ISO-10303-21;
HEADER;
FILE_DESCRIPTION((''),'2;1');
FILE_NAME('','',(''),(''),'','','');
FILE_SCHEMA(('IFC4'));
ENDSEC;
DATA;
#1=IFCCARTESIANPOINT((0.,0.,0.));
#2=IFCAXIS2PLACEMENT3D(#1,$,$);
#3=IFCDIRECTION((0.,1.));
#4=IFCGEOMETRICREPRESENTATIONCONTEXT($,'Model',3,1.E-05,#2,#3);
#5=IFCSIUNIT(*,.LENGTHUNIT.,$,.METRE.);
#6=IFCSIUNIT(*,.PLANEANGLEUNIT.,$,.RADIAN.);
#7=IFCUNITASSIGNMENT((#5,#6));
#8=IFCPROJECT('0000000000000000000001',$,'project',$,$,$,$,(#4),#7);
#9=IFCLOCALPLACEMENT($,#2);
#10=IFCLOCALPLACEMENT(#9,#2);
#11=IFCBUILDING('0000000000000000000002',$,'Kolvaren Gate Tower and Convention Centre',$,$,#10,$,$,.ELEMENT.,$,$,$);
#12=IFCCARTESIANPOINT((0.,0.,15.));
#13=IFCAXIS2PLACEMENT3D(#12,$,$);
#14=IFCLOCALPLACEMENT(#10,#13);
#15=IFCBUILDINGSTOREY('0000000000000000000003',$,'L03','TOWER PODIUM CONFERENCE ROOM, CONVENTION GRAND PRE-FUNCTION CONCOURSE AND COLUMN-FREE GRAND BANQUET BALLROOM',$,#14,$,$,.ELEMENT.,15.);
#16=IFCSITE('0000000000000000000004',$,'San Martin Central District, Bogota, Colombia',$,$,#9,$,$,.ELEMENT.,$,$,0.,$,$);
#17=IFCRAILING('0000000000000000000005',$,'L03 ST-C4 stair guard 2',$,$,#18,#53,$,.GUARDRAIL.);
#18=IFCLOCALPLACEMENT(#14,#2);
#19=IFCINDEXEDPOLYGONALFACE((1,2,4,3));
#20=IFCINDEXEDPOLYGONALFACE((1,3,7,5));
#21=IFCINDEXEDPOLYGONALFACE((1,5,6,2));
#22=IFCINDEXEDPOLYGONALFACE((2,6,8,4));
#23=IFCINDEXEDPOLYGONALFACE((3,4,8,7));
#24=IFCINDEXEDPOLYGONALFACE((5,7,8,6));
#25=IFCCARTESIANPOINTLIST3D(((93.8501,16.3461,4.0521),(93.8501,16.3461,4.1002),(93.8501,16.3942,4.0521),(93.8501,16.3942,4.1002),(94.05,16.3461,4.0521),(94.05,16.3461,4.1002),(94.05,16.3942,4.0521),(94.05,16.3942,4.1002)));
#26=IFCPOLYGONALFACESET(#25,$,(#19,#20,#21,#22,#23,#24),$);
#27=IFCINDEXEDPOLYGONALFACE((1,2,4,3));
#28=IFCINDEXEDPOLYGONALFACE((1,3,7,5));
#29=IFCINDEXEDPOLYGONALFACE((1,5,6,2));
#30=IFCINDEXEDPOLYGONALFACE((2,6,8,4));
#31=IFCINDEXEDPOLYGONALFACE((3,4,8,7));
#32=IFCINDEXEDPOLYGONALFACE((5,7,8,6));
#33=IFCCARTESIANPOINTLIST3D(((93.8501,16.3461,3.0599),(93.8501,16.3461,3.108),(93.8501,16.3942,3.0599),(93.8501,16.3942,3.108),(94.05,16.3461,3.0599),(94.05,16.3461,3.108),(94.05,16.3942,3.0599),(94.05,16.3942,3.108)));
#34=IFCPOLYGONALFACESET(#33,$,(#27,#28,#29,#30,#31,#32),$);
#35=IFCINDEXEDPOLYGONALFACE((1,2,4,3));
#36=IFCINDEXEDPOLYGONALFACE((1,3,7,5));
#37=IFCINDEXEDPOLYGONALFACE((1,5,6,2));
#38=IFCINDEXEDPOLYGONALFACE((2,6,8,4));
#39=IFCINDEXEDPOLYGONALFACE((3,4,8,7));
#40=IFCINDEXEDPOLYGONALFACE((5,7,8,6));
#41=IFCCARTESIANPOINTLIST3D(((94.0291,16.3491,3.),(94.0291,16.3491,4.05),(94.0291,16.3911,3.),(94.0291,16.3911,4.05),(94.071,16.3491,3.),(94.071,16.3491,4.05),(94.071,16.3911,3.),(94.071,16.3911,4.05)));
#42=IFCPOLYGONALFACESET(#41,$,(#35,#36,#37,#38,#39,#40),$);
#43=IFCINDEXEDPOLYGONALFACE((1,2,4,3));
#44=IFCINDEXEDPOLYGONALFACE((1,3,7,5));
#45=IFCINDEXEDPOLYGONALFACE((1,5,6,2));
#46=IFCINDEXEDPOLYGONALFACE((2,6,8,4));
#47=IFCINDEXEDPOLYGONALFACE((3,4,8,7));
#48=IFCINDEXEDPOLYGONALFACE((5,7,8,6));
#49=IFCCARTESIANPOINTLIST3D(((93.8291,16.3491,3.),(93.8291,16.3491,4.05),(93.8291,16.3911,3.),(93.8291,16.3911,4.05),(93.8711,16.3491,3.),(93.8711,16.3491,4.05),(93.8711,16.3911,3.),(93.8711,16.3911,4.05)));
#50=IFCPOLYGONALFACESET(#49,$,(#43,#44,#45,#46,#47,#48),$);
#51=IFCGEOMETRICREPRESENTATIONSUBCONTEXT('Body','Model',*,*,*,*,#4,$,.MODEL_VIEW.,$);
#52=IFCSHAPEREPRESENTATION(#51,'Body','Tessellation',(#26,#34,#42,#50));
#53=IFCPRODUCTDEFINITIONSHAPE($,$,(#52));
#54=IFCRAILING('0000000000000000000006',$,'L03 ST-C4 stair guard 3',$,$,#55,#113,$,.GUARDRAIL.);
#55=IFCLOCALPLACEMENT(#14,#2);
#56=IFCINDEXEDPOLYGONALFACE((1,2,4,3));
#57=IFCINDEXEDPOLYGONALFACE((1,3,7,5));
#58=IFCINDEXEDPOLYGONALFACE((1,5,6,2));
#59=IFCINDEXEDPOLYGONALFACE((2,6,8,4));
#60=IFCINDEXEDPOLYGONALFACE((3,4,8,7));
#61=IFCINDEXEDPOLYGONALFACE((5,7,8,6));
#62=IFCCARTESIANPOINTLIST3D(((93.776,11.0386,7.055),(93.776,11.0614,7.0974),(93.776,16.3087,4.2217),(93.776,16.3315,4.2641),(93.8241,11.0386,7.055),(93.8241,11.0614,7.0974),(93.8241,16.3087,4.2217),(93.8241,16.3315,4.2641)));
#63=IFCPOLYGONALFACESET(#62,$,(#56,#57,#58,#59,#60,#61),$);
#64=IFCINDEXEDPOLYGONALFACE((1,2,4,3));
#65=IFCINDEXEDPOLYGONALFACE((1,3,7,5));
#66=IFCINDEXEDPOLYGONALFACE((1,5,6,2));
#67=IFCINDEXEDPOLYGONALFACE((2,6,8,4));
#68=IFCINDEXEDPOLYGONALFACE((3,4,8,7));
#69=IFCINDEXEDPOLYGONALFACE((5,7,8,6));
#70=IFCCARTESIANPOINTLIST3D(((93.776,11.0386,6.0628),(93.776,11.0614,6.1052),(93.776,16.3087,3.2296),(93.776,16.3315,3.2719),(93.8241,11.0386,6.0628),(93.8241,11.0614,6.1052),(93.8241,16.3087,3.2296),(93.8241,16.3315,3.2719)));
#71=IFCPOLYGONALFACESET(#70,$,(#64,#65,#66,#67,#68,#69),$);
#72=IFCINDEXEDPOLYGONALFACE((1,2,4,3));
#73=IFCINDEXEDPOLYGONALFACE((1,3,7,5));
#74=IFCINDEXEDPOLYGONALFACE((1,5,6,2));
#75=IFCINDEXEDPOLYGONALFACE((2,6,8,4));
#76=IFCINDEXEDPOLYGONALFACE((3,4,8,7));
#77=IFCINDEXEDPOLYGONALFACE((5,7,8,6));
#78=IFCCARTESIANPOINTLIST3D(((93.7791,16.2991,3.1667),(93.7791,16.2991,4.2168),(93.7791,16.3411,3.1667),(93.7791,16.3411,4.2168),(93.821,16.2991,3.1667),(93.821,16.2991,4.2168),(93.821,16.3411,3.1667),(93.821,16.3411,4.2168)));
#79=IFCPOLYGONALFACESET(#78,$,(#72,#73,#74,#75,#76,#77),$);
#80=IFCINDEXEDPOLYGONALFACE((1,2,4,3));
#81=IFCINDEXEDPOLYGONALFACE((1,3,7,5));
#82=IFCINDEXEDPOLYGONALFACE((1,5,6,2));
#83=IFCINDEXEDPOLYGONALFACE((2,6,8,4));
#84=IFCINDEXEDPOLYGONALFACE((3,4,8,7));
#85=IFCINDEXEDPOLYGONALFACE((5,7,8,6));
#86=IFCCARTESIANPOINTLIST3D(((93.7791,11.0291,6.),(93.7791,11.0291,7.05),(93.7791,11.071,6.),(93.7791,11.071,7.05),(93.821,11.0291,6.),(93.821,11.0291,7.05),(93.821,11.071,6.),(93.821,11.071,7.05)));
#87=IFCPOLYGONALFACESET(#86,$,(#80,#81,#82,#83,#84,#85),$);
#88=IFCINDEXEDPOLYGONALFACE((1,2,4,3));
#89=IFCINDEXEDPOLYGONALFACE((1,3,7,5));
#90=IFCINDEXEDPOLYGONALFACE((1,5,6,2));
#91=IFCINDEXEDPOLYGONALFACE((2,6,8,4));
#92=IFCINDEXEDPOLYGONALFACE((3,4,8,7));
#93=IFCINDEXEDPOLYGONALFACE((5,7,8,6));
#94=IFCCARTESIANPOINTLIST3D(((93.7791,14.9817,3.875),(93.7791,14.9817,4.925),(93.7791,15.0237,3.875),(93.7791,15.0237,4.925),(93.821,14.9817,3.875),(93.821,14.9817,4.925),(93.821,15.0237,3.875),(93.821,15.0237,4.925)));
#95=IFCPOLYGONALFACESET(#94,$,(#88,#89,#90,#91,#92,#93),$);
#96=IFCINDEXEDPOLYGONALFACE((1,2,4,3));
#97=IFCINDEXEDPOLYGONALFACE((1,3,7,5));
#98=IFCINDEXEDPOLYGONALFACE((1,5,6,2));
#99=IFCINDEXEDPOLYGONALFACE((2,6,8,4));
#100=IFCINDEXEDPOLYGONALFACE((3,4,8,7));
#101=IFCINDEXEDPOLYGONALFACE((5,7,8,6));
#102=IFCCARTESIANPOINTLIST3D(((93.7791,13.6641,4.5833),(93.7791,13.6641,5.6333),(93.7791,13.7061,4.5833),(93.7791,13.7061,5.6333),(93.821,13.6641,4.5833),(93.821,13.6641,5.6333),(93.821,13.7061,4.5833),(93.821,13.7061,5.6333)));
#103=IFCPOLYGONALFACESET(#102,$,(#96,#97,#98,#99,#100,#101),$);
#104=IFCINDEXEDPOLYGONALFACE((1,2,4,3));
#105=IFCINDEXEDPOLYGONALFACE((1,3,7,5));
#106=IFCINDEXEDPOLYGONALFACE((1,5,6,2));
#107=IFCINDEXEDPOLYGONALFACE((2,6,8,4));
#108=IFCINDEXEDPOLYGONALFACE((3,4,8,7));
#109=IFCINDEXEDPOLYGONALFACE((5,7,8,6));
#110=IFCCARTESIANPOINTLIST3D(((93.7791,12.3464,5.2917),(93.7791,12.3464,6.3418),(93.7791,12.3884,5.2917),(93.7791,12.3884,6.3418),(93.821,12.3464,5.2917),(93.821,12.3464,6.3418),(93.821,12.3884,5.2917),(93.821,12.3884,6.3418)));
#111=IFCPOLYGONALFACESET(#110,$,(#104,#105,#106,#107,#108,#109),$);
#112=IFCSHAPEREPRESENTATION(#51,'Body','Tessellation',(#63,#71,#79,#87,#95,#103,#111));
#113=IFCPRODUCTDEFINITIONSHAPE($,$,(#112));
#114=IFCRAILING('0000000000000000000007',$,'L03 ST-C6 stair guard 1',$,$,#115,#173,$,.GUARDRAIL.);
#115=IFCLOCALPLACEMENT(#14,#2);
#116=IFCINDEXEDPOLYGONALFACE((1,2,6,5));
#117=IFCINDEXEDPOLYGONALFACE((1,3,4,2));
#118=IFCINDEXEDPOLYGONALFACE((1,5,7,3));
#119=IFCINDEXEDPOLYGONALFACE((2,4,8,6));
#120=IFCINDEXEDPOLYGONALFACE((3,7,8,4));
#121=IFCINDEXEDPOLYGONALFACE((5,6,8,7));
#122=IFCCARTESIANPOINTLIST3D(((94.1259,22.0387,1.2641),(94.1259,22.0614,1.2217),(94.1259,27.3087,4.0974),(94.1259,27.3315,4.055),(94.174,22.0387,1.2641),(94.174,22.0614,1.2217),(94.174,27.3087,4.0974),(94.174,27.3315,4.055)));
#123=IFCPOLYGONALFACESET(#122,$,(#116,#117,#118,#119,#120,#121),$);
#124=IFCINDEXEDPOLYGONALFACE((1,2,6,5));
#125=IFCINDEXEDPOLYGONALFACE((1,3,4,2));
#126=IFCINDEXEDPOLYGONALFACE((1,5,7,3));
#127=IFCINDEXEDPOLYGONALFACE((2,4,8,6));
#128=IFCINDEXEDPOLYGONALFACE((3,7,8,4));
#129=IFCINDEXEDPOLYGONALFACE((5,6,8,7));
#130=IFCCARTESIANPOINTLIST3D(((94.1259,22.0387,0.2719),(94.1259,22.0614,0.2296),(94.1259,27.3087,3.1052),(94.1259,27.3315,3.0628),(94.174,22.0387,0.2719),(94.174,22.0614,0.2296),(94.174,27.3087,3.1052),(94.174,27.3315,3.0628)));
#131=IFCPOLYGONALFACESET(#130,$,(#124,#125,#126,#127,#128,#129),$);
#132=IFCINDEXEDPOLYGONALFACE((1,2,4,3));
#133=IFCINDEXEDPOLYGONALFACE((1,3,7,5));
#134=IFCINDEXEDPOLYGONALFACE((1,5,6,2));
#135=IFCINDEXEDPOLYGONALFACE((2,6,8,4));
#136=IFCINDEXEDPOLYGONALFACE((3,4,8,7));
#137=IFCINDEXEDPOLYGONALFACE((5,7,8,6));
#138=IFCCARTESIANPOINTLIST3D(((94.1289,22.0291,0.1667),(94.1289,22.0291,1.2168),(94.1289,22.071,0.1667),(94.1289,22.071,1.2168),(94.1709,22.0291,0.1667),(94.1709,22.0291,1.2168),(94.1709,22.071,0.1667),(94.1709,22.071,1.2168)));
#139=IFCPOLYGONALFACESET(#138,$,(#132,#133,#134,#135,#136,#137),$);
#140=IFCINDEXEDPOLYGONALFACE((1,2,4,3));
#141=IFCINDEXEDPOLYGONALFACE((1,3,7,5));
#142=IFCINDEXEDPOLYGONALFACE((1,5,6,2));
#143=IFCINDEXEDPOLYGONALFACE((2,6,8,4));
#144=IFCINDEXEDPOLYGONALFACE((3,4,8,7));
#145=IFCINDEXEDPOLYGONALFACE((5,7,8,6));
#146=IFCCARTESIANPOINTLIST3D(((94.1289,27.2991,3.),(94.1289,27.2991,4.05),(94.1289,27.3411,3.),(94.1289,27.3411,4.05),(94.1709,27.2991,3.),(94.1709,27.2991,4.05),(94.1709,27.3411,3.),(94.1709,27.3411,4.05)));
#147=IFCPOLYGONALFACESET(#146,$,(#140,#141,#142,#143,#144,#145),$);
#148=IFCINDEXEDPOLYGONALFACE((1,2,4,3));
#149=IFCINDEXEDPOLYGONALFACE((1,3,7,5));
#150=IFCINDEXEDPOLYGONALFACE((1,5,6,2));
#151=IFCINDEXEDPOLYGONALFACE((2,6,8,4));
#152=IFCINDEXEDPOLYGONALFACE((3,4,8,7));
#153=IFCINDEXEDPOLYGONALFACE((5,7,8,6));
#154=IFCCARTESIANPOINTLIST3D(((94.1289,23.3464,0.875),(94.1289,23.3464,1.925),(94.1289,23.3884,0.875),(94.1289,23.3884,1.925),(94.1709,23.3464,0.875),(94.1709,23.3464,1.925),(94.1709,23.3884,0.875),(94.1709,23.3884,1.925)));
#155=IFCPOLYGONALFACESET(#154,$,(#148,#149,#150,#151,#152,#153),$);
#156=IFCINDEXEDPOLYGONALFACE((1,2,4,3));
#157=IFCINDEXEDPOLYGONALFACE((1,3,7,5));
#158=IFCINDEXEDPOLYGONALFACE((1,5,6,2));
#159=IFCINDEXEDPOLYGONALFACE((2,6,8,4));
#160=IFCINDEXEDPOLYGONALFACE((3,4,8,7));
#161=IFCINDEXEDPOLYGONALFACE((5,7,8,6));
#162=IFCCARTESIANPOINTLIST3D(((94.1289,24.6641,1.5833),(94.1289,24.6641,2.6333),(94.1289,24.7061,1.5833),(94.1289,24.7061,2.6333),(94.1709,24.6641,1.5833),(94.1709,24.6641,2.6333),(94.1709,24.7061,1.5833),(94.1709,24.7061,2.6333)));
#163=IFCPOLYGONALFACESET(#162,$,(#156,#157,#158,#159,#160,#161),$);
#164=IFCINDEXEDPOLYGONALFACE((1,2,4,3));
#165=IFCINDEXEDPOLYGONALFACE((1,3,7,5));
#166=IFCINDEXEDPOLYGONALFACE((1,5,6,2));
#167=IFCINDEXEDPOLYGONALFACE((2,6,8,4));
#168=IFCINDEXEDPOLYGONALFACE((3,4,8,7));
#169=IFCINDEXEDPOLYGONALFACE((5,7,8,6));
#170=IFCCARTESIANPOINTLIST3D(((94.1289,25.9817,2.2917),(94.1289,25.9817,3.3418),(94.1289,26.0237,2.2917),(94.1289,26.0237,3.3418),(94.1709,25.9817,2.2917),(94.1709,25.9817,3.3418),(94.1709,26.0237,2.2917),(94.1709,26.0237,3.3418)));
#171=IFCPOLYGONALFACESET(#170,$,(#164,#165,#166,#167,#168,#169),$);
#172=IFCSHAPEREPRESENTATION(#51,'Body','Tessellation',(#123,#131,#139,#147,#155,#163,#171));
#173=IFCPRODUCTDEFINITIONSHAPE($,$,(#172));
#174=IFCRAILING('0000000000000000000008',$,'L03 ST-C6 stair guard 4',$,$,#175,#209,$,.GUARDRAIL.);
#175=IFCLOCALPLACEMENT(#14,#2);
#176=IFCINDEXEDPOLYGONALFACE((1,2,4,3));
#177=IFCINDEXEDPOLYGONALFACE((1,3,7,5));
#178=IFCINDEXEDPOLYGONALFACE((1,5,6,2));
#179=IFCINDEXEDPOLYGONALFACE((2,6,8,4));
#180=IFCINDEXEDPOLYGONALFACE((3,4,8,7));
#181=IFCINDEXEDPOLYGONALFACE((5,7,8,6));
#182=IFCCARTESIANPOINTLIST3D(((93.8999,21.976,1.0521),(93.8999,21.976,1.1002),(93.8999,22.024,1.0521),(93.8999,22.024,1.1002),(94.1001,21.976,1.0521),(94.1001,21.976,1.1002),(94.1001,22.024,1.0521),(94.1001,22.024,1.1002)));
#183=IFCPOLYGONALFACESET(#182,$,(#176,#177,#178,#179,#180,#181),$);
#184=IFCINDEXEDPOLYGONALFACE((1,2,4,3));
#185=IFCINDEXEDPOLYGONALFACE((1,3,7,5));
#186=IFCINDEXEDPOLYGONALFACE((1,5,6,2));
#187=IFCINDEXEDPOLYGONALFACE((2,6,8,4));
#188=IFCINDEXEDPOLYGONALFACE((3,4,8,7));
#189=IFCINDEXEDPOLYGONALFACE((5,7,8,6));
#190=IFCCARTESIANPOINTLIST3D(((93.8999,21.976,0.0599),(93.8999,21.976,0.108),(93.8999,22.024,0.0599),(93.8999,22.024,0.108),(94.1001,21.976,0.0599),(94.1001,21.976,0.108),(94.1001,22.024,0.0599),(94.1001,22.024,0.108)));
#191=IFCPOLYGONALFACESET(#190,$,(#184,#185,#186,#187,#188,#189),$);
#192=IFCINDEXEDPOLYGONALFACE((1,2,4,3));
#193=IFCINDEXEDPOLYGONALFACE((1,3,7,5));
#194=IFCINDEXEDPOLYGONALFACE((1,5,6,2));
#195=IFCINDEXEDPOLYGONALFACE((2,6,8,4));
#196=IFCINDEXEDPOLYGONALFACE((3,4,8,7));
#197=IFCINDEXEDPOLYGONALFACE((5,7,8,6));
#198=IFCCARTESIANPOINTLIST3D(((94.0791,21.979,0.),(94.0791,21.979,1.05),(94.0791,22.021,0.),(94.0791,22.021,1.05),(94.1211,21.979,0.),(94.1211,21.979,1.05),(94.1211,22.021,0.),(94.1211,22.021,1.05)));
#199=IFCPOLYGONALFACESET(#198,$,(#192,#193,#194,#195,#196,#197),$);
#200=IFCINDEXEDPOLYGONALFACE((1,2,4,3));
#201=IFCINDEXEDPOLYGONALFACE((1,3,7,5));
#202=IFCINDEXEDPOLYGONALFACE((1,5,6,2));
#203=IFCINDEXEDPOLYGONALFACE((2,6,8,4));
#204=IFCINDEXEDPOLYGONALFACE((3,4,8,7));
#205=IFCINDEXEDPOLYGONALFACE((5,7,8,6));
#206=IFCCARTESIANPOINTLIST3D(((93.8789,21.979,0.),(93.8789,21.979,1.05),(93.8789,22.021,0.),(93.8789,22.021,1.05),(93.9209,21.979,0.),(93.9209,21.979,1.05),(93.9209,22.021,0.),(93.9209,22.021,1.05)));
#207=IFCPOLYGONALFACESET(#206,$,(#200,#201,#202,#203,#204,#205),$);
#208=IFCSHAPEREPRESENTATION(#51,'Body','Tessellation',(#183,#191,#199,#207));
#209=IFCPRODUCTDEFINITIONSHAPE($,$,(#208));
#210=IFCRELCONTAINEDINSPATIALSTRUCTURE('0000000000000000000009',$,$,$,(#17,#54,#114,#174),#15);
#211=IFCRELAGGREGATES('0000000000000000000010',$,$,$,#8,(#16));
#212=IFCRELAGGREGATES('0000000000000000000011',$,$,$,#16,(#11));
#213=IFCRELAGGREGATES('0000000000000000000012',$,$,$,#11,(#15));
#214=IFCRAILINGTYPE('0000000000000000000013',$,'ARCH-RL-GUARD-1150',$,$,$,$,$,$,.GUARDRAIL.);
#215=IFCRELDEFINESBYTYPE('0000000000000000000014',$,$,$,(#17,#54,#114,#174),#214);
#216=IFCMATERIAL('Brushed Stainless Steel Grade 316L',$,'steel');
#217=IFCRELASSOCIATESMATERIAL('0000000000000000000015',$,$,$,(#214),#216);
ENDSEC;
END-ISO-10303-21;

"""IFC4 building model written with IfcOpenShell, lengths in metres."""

from ifc_helpers import new_model, si_unit, direction, frame, origin, origin_2d, place, context, subcontext, project, spatial, rectangle, extrude, material, type_object, element, save


model = new_model("IFC4")

# Units and contexts
model_context = context("Model", 3, precision=1e-05, world=origin(), true_north=direction((0.0, 1.0)))
body_context = subcontext(model_context, "Body", "Model", "MODEL_VIEW")
ifc_project = project(units=[si_unit("LENGTHUNIT", "METRE"), si_unit("PLANEANGLEUNIT", "RADIAN")], contexts=[model_context])

# Site, building, storey
site_placement = place(None, origin())
site = spatial("IfcSite", under=ifc_project, at=site_placement, Name="San Martin Central District, Bogota, Colombia", CompositionType="ELEMENT", RefElevation=0.0)
building_placement = place(site_placement, origin())
building = spatial("IfcBuilding", under=site, at=building_placement, Name="Kolvaren Gate Tower and Convention Centre", CompositionType="ELEMENT")
storey_placement = place(building_placement, frame((0.0, 0.0, 15.0)))
storey = spatial("IfcBuildingStorey", under=building, at=storey_placement, Name="L03", Description="TOWER PODIUM CONFERENCE ROOM, CONVENTION GRAND PRE-FUNCTION CONCOURSE AND COLUMN-FREE GRAND BANQUET BALLROOM", CompositionType="ELEMENT", Elevation=15.0)

# Railings
ifc_material_1 = material(Name="Brushed Stainless Steel Grade 316L", Category="steel")
railing_type_1 = type_object("IfcRailingType", Name="ARCH-RL-GUARD-1150", PredefinedType="GUARDRAIL", material=ifc_material_1)
railing_1_placement = place(storey_placement, frame((94.05, 16.3701, 3.0)))
element("IfcRailing", 1, at=railing_1_placement, inside=storey, type_object=railing_type_1, Name="L03 ST-C4 stair guard 2", PredefinedType="GUARDRAIL", context=body_context, shape_type="SweptSolid", body=[
    extrude(rectangle(XDim=0.0481, YDim=0.0481, at=origin_2d()), frame((0.0, 0.0, 1.0762), z_axis=(-1.0, 0.0, 0.0), x_axis=(0.0, -1.0, 0.0)), (0.0, 0.0, 1.0), 0.2),
    extrude(rectangle(XDim=0.0481, YDim=0.0481, at=origin_2d()), frame((0.0, 0.0, 0.084), z_axis=(-1.0, 0.0, 0.0), x_axis=(0.0, -1.0, 0.0)), (0.0, 0.0, 1.0), 0.2),
    extrude(rectangle(XDim=0.042, YDim=0.042, at=origin_2d()), origin(), (0.0, 0.0, 1.0), 1.05),
    extrude(rectangle(XDim=0.042, YDim=0.042, at=origin_2d()), frame((-0.2, 0.0, 0.0)), (0.0, 0.0, 1.0), 1.05),
])
railing_2_placement = place(storey_placement, frame((93.8, 16.3201, 3.1667)))
element("IfcRailing", 2, at=railing_2_placement, inside=storey, type_object=railing_type_1, Name="L03 ST-C4 stair guard 3", PredefinedType="GUARDRAIL", context=body_context, shape_type="SweptSolid", body=[
    extrude(rectangle(XDim=0.0481, YDim=0.0481, at=origin_2d()), frame((0.0, 0.0, 1.0762), z_axis=(0.0, -0.880781, 0.473523), x_axis=(1.0, 0.0, 0.0)), (0.0, 0.0, 1.0), 5.9834),
    extrude(rectangle(XDim=0.0481, YDim=0.0481, at=origin_2d()), frame((0.0, 0.0, 0.084), z_axis=(0.0, -0.880781, 0.473523), x_axis=(1.0, 0.0, 0.0)), (0.0, 0.0, 1.0), 5.9834),
    extrude(rectangle(XDim=0.042, YDim=0.042, at=origin_2d()), origin(), (0.0, 0.0, 1.0), 1.05),
    extrude(rectangle(XDim=0.042, YDim=0.042, at=origin_2d()), frame((0.0, -5.27, 2.8333)), (0.0, 0.0, 1.0), 1.05),
    extrude(rectangle(XDim=0.042, YDim=0.042, at=origin_2d()), frame((0.0, -1.3174, 0.7083)), (0.0, 0.0, 1.0), 1.05),
    extrude(rectangle(XDim=0.042, YDim=0.042, at=origin_2d()), frame((0.0, -2.635, 1.4165)), (0.0, 0.0, 1.0), 1.05),
    extrude(rectangle(XDim=0.042, YDim=0.042, at=origin_2d()), frame((0.0, -3.9526, 2.125)), (0.0, 0.0, 1.0), 1.05),
])
railing_3_placement = place(storey_placement, frame((94.1499, 22.05, 0.1667)))
element("IfcRailing", 3, at=railing_3_placement, inside=storey, type_object=railing_type_1, Name="L03 ST-C6 stair guard 1", PredefinedType="GUARDRAIL", context=body_context, shape_type="SweptSolid", body=[
    extrude(rectangle(XDim=0.0481, YDim=0.0481, at=origin_2d()), frame((0.0, 0.0, 1.0762), z_axis=(0.0, 0.880781, 0.473523), x_axis=(-1.0, 0.0, 0.0)), (0.0, 0.0, 1.0), 5.9834),
    extrude(rectangle(XDim=0.0481, YDim=0.0481, at=origin_2d()), frame((0.0, 0.0, 0.084), z_axis=(0.0, 0.880781, 0.473523), x_axis=(-1.0, 0.0, 0.0)), (0.0, 0.0, 1.0), 5.9834),
    extrude(rectangle(XDim=0.042, YDim=0.042, at=origin_2d()), origin(), (0.0, 0.0, 1.0), 1.05),
    extrude(rectangle(XDim=0.042, YDim=0.042, at=origin_2d()), frame((0.0, 5.27, 2.8333)), (0.0, 0.0, 1.0), 1.05),
    extrude(rectangle(XDim=0.042, YDim=0.042, at=origin_2d()), frame((0.0, 1.3174, 0.7083)), (0.0, 0.0, 1.0), 1.05),
    extrude(rectangle(XDim=0.042, YDim=0.042, at=origin_2d()), frame((0.0, 2.635, 1.4165)), (0.0, 0.0, 1.0), 1.05),
    extrude(rectangle(XDim=0.042, YDim=0.042, at=origin_2d()), frame((0.0, 3.9526, 2.125)), (0.0, 0.0, 1.0), 1.05),
])
railing_4_placement = place(storey_placement, frame((94.1001, 22.0, 0.0)))
element("IfcRailing", 4, at=railing_4_placement, inside=storey, type_object=railing_type_1, Name="L03 ST-C6 stair guard 4", PredefinedType="GUARDRAIL", context=body_context, shape_type="SweptSolid", body=[
    extrude(rectangle(XDim=0.0481, YDim=0.0481, at=origin_2d()), frame((0.0, 0.0, 1.0762), z_axis=(-1.0, 0.0, 0.0), x_axis=(0.0, -1.0, 0.0)), (0.0, 0.0, 1.0), 0.2002),
    extrude(rectangle(XDim=0.0481, YDim=0.0481, at=origin_2d()), frame((0.0, 0.0, 0.084), z_axis=(-1.0, 0.0, 0.0), x_axis=(0.0, -1.0, 0.0)), (0.0, 0.0, 1.0), 0.2002),
    extrude(rectangle(XDim=0.042, YDim=0.042, at=origin_2d()), origin(), (0.0, 0.0, 1.0), 1.05),
    extrude(rectangle(XDim=0.042, YDim=0.042, at=origin_2d()), frame((-0.2002, 0.0, 0.0)), (0.0, 0.0, 1.0), 1.05),
])

save(model, "model.ifc")
